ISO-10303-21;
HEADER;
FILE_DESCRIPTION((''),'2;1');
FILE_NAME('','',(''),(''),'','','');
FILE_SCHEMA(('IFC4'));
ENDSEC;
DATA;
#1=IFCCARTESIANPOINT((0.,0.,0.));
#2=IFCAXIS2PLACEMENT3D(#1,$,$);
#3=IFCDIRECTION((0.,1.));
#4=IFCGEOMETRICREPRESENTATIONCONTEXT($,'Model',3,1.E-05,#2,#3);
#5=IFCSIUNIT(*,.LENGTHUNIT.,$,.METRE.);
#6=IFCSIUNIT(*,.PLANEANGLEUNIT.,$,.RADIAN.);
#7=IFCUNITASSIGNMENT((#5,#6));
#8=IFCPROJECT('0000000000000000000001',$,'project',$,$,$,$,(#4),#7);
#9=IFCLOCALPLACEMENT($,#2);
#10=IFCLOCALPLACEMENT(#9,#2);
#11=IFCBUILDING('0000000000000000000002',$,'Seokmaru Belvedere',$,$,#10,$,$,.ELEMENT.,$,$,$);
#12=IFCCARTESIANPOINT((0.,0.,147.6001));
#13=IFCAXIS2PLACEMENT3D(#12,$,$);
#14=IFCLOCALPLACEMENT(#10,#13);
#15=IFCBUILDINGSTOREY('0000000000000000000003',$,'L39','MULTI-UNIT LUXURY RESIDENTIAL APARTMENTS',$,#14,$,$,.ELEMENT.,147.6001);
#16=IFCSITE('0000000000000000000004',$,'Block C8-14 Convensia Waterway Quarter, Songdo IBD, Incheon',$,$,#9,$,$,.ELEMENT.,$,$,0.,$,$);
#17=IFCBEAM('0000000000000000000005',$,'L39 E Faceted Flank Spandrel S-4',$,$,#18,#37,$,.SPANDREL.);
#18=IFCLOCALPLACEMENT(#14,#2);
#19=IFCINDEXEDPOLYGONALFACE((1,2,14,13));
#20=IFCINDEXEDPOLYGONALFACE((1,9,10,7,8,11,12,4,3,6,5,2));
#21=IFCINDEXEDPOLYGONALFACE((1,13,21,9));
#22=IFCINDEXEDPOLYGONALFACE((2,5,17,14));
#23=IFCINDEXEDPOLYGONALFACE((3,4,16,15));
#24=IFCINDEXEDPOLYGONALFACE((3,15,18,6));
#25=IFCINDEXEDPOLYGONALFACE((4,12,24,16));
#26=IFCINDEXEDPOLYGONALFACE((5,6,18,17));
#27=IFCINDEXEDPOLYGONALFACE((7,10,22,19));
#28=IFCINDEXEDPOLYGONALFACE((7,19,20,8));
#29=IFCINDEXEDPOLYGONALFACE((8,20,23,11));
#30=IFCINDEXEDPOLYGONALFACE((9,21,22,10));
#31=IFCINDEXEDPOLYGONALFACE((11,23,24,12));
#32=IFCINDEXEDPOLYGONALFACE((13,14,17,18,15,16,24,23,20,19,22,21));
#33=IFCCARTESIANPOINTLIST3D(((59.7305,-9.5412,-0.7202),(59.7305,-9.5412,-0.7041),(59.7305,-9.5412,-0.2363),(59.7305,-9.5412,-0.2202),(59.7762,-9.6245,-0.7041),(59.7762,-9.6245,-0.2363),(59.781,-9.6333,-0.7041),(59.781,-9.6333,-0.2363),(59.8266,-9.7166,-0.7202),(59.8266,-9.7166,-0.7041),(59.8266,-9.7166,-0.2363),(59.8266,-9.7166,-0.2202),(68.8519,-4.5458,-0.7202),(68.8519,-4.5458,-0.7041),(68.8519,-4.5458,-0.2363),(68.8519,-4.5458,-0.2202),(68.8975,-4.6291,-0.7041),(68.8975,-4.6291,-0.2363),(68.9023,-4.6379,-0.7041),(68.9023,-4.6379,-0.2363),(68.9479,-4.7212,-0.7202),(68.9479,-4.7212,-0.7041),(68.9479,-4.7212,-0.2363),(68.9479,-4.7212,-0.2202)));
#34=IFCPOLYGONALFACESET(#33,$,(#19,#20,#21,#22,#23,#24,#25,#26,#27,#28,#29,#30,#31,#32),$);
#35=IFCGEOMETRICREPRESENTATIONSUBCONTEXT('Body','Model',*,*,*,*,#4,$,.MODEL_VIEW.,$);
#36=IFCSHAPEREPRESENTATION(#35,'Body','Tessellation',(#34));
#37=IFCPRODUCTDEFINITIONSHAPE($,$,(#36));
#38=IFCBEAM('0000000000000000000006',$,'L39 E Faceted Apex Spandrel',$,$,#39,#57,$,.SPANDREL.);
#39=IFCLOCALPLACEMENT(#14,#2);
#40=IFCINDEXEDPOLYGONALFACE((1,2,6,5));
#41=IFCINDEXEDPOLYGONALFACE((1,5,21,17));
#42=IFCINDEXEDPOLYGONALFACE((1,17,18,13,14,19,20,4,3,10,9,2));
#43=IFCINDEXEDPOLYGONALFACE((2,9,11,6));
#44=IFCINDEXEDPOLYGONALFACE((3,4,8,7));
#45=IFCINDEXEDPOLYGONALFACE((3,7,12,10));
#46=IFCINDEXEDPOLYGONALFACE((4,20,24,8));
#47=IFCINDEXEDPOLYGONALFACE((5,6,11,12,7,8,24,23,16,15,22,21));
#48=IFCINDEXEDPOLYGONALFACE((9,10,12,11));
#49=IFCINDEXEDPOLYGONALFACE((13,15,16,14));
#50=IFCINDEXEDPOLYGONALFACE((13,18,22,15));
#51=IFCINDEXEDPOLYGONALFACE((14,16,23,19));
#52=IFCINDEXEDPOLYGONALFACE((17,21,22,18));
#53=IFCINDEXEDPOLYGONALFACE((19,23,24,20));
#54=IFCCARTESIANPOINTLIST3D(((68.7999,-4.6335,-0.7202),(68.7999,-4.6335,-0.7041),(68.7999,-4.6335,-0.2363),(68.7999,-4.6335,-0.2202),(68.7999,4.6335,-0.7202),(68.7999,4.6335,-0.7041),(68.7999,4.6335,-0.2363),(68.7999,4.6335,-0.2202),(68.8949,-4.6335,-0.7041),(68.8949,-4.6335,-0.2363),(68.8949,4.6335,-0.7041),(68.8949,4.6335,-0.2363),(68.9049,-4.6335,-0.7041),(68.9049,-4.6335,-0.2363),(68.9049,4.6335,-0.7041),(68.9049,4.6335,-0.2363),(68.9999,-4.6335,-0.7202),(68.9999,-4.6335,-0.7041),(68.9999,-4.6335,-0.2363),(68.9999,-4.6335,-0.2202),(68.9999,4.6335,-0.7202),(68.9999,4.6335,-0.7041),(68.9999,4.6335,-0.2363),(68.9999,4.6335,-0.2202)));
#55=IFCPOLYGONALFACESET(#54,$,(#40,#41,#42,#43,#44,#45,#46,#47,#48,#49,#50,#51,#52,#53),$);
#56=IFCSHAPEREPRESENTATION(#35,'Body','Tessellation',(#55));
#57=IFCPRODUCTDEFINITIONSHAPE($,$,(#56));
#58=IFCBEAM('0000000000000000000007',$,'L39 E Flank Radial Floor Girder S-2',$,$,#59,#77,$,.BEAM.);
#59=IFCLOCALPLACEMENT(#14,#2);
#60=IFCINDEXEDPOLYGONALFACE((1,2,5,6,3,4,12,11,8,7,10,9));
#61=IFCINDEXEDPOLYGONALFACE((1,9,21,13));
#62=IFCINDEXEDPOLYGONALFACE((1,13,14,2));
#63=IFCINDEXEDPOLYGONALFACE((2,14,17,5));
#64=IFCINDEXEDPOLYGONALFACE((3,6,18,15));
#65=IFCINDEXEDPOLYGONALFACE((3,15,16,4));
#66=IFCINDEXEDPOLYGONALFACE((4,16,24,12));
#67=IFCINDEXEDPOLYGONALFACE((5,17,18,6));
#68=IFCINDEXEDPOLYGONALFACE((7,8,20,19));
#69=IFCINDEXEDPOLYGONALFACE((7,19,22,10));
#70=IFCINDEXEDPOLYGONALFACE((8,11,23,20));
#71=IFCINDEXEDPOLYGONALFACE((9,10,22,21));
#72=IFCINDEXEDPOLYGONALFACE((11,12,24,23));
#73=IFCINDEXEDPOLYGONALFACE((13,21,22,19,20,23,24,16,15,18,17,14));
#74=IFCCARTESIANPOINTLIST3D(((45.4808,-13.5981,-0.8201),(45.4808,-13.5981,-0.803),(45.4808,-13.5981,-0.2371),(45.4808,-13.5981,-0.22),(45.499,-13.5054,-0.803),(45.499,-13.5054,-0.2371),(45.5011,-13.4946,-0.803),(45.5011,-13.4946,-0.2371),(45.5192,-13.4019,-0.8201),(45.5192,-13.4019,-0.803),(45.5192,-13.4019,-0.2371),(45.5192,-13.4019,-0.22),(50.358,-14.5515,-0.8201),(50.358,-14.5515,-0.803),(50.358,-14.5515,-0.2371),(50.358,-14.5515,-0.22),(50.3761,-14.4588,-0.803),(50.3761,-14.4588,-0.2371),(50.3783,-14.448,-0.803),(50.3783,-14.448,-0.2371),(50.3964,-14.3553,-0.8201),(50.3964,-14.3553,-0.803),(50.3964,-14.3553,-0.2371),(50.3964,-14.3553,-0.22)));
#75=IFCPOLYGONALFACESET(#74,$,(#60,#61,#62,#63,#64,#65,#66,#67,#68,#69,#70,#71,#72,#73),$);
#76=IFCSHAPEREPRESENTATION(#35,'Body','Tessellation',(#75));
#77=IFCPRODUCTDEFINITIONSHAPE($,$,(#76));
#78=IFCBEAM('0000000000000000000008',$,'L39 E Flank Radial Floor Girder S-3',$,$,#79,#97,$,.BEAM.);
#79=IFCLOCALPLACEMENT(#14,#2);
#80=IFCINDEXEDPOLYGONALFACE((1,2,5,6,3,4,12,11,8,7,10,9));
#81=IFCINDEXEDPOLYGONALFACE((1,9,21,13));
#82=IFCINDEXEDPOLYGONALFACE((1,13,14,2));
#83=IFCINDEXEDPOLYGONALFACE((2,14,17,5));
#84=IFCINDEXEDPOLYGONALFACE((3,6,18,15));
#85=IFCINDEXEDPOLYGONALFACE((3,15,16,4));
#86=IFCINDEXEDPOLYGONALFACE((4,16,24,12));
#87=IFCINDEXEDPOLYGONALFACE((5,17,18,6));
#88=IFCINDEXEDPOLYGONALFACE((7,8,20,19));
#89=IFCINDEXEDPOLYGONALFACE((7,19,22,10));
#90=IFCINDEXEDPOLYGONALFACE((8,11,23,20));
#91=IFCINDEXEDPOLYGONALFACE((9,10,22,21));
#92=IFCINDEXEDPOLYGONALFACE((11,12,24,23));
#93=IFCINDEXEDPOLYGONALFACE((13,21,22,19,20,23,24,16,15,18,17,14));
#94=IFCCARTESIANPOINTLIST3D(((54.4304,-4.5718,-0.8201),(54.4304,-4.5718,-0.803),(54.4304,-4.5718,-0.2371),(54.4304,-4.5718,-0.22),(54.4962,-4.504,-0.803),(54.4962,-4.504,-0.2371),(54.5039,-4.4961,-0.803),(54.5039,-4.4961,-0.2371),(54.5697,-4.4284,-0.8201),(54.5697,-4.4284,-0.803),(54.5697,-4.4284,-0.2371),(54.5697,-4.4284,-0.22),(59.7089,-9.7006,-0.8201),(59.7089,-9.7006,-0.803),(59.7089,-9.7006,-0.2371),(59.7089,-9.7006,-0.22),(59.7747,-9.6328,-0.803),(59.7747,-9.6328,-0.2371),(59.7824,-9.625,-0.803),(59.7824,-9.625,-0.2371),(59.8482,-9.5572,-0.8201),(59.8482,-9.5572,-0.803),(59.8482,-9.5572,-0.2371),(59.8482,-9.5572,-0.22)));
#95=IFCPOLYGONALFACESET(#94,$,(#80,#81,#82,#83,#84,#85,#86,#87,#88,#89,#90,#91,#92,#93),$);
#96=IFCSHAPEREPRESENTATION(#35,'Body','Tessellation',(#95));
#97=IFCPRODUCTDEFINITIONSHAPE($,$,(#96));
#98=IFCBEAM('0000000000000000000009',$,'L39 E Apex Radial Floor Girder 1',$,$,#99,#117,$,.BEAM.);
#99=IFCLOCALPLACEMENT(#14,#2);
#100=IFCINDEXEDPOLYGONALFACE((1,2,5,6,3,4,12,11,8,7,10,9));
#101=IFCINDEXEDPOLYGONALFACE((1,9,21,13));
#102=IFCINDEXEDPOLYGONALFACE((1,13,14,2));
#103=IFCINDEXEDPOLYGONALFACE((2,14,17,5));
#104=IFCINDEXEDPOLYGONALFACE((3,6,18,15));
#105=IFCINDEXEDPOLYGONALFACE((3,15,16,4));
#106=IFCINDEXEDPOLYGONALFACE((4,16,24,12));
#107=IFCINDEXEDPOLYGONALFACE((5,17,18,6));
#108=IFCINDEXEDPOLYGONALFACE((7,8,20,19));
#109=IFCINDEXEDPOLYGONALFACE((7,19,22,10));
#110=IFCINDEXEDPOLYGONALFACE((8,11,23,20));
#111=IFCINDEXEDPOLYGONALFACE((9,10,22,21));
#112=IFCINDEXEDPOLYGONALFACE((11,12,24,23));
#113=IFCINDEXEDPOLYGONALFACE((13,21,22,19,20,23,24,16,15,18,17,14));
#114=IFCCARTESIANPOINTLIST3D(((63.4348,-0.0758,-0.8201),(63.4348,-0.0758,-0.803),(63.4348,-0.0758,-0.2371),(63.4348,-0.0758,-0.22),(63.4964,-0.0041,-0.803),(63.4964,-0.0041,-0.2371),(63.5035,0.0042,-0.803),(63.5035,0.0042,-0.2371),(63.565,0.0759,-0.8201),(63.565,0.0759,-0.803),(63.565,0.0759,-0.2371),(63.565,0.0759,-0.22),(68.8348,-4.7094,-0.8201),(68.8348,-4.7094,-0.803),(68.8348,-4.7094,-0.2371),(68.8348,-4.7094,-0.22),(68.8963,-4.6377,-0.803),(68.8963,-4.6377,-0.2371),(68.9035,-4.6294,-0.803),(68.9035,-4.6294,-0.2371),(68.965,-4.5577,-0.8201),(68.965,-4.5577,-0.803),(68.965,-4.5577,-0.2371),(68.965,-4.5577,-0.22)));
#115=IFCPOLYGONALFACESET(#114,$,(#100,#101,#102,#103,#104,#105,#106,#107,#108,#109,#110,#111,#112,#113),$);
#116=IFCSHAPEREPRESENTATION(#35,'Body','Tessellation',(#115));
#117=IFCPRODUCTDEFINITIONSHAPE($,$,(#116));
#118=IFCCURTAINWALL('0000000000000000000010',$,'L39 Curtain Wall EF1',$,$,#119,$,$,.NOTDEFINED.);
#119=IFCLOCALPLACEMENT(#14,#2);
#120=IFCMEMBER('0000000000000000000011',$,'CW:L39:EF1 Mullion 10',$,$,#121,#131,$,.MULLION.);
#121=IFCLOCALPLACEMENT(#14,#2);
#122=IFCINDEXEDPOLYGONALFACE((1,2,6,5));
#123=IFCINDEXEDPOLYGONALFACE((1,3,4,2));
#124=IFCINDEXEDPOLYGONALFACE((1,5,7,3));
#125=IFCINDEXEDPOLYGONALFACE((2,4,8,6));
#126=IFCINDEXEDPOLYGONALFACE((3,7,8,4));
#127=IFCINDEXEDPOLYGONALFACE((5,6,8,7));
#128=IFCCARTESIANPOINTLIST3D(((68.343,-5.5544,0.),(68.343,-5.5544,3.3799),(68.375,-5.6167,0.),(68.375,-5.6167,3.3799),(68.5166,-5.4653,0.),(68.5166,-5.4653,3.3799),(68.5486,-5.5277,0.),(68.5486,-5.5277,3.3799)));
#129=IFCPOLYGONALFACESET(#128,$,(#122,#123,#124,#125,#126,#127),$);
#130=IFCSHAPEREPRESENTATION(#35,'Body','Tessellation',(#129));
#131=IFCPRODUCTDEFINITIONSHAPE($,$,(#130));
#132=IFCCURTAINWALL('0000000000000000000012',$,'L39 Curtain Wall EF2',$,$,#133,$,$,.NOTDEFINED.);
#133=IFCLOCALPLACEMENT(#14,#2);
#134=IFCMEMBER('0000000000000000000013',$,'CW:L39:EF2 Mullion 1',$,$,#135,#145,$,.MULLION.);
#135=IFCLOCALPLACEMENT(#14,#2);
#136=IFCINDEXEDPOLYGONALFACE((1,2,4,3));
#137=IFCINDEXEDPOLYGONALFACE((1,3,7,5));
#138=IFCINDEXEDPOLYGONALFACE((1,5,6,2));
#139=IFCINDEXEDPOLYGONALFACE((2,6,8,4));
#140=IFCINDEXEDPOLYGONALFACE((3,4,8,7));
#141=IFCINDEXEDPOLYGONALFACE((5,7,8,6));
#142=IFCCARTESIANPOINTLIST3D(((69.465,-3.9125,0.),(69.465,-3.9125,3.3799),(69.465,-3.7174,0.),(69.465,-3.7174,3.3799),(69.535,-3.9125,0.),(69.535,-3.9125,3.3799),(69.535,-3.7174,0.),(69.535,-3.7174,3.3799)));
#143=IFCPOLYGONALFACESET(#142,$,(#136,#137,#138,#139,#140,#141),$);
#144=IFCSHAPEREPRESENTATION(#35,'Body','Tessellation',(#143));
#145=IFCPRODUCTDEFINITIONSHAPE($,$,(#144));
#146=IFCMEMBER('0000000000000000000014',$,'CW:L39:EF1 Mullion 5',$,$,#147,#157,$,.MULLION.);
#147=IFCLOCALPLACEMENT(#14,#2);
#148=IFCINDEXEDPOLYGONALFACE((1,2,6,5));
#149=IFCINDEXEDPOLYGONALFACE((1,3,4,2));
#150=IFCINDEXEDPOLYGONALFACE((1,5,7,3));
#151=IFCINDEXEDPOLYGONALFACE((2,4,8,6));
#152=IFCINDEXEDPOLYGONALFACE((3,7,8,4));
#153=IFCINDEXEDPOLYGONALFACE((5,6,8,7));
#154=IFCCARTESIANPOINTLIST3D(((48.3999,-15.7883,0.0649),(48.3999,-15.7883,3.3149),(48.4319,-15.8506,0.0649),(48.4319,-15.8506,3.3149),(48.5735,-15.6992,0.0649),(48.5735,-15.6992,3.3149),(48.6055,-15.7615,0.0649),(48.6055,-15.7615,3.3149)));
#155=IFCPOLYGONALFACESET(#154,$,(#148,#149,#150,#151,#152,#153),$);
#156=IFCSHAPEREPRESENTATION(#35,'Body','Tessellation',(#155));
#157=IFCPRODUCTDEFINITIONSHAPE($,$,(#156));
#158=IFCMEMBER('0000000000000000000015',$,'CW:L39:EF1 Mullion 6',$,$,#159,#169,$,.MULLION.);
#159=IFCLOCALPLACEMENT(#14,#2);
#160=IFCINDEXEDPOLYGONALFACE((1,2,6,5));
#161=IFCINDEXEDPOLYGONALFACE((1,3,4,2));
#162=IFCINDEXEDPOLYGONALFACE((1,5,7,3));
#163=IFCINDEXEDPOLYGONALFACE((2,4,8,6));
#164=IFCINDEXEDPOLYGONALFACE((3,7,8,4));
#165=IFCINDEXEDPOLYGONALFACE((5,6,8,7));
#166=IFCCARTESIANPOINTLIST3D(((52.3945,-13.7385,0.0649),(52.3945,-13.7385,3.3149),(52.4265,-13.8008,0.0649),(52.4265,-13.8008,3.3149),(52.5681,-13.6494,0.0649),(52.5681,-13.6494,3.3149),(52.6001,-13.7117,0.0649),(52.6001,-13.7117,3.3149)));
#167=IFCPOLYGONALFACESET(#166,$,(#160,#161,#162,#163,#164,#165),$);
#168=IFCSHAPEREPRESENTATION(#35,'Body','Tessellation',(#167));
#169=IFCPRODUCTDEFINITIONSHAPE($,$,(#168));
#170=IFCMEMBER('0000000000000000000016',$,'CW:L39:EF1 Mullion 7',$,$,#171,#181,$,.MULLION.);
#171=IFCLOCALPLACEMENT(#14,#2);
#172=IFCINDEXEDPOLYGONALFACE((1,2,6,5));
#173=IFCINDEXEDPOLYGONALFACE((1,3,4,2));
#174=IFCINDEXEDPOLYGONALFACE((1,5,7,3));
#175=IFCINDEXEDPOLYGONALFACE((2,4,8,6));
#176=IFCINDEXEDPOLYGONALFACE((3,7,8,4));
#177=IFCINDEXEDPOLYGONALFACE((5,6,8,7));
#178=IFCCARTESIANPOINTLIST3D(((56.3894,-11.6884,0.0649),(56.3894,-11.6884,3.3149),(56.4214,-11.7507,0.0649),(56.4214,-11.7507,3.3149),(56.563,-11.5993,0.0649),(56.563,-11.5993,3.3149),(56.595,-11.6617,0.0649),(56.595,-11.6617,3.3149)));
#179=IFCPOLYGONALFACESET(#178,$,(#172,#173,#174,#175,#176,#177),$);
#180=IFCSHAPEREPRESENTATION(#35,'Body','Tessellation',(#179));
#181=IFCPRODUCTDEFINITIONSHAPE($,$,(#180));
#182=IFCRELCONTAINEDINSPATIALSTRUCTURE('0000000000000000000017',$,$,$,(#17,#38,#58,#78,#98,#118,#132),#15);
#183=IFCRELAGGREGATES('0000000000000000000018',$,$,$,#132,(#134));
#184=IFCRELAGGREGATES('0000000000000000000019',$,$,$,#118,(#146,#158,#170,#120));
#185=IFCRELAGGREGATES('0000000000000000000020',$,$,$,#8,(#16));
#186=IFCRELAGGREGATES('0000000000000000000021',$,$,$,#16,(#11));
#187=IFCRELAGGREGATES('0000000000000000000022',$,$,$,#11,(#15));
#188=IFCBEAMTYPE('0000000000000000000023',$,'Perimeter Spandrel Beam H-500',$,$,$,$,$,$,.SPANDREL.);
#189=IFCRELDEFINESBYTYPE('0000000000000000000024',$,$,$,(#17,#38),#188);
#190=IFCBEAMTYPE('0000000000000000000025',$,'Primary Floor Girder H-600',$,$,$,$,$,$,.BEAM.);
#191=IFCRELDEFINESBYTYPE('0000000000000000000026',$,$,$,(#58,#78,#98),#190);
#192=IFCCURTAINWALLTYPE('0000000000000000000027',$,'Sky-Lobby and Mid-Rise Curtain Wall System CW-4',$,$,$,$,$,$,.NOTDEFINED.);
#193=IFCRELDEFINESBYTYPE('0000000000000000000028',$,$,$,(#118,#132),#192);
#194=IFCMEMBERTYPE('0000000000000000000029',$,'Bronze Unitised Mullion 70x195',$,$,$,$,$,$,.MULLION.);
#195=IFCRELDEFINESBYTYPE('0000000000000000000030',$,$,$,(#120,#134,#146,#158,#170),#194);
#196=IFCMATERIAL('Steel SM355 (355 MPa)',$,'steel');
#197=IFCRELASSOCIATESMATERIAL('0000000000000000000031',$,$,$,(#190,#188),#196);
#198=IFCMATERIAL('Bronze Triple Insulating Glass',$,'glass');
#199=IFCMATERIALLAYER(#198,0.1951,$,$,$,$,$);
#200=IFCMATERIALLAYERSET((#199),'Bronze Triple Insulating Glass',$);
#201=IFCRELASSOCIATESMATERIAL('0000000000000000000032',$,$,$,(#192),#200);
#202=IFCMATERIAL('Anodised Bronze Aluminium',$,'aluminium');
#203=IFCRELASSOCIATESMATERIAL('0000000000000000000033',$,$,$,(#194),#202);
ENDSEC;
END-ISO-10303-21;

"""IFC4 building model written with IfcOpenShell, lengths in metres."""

from ifc_helpers import new_model, si_unit, direction, frame, origin, origin_2d, place, context, subcontext, project, spatial, rectangle, i_section, extrude, source, transform, mapped, material, layer, layer_set, material_profile, profile_set, type_object, type_shapes, element, aggregate, save


model = new_model("IFC4")

# Units and contexts
model_context = context("Model", 3, precision=1e-05, world=origin(), true_north=direction((0.0, 1.0)))
body_context = subcontext(model_context, "Body", "Model", "MODEL_VIEW")
ifc_project = project(units=[si_unit("LENGTHUNIT", "METRE"), si_unit("PLANEANGLEUNIT", "RADIAN")], contexts=[model_context])

# Site, building, storey
site_placement = place(None, origin())
site = spatial("IfcSite", under=ifc_project, at=site_placement, Name="Block C8-14 Convensia Waterway Quarter, Songdo IBD, Incheon", CompositionType="ELEMENT", RefElevation=0.0)
building_placement = place(site_placement, origin())
building = spatial("IfcBuilding", under=site, at=building_placement, Name="Seokmaru Belvedere", CompositionType="ELEMENT")
storey_placement = place(building_placement, frame((0.0, 0.0, 147.6001)))
storey = spatial("IfcBuildingStorey", under=building, at=storey_placement, Name="L39", Description="MULTI-UNIT LUXURY RESIDENTIAL APARTMENTS", CompositionType="ELEMENT", Elevation=147.6001)

# Shared definitions
ifc_material_1 = material(Name="Steel SM355 (355 MPa)", Category="steel")

# Beams
ifc_material_profile_1 = material_profile(ifc_material_1, i_section(OverallWidth=0.2, OverallDepth=0.6001, WebThickness=0.011, FlangeThickness=0.0171, at=origin_2d()), Name="H-600x200x11x17")
ifc_profile_set_1 = profile_set([ifc_material_profile_1], Name="Steel SM355 (355 MPa)")
beam_type_1 = type_object("IfcBeamType", Name="Primary Floor Girder H-600", PredefinedType="BEAM", material=ifc_profile_set_1)
ifc_material_profile_2 = material_profile(ifc_material_1, i_section(OverallWidth=0.2, OverallDepth=0.5, WebThickness=0.01, FlangeThickness=0.0161, at=origin_2d()), Name="H-500x200x10x16")
ifc_profile_set_2 = profile_set([ifc_material_profile_2], Name="Steel SM355 (355 MPa)")
beam_type_2 = type_object("IfcBeamType", Name="Perimeter Spandrel Beam H-500", PredefinedType="SPANDREL", material=ifc_profile_set_2)
shared_shape_1 = source(origin(), body_context, "Body", "SweptSolid", [
    extrude(i_section(OverallWidth=0.2, OverallDepth=0.5, WebThickness=0.01, FlangeThickness=0.0161, at=origin_2d()), origin(), (0.0, 0.0, 1.0), 10.3997),
])
beam_1_placement = place(storey_placement, frame((59.7786, -9.6289, -0.4702), z_axis=(0.877082, 0.48034, 0.0), x_axis=(-0.48034, 0.877082, 0.0)))
element("IfcBeam", 1, at=beam_1_placement, inside=storey, type_object=beam_type_2, Name="L39 E Faceted Flank Spandrel S-4", PredefinedType="SPANDREL", context=body_context, shape_type="MappedRepresentation", body=[
    mapped(shared_shape_1, transform((0.0, 0.0, 0.0), scale=1.0)),
])
shared_shape_2 = source(origin(), body_context, "Body", "SweptSolid", [
    extrude(i_section(OverallWidth=0.2, OverallDepth=0.5, WebThickness=0.01, FlangeThickness=0.0161, at=origin_2d()), origin(), (0.0, 0.0, 1.0), 9.2671),
])
beam_2_placement = place(storey_placement, frame((68.8999, -4.6335, -0.4702), z_axis=(0.0, 1.0, 0.0), x_axis=(-1.0, 0.0, 0.0)))
element("IfcBeam", 2, at=beam_2_placement, inside=storey, type_object=beam_type_2, Name="L39 E Faceted Apex Spandrel", PredefinedType="SPANDREL", context=body_context, shape_type="MappedRepresentation", body=[
    mapped(shared_shape_2, transform((0.0, 0.0, 0.0), scale=1.0)),
])
shared_shape_3 = source(origin(), body_context, "Body", "SweptSolid", [
    extrude(i_section(OverallWidth=0.2, OverallDepth=0.6001, WebThickness=0.011, FlangeThickness=0.0171, at=origin_2d()), origin(), (0.0, 0.0, 1.0), 4.9695),
])
beam_3_placement = place(storey_placement, frame((50.3772, -14.4534, -0.52), z_axis=(-0.981425, 0.191844, 0.0), x_axis=(-0.191844, -0.981425, 0.0)))
element("IfcBeam", 3, at=beam_3_placement, inside=storey, type_object=beam_type_1, Name="L39 E Flank Radial Floor Girder S-2", PredefinedType="BEAM", context=body_context, shape_type="MappedRepresentation", body=[
    mapped(shared_shape_3, transform((0.0, 0.0, 0.0), scale=1.0)),
])
shared_shape_4 = source(origin(), body_context, "Body", "SweptSolid", [
    extrude(i_section(OverallWidth=0.2, OverallDepth=0.6001, WebThickness=0.011, FlangeThickness=0.0171, at=origin_2d()), origin(), (0.0, 0.0, 1.0), 7.3599),
])
beam_4_placement = place(storey_placement, frame((59.7786, -9.6289, -0.52), z_axis=(-0.717201, 0.696867, 0.0), x_axis=(-0.696867, -0.717201, 0.0)))
element("IfcBeam", 4, at=beam_4_placement, inside=storey, type_object=beam_type_1, Name="L39 E Flank Radial Floor Girder S-3", PredefinedType="BEAM", context=body_context, shape_type="MappedRepresentation", body=[
    mapped(shared_shape_4, transform((0.0, 0.0, 0.0), scale=1.0)),
])
shared_shape_5 = source(origin(), body_context, "Body", "SweptSolid", [
    extrude(i_section(OverallWidth=0.2, OverallDepth=0.6001, WebThickness=0.011, FlangeThickness=0.0171, at=origin_2d()), origin(), (0.0, 0.0, 1.0), 7.1155),
])
beam_5_placement = place(storey_placement, frame((68.8999, -4.6335, -0.52), z_axis=(-0.758905, 0.651201, 0.0), x_axis=(-0.651201, -0.758905, 0.0)))
element("IfcBeam", 5, at=beam_5_placement, inside=storey, type_object=beam_type_1, Name="L39 E Apex Radial Floor Girder 1", PredefinedType="BEAM", context=body_context, shape_type="MappedRepresentation", body=[
    mapped(shared_shape_5, transform((0.0, 0.0, 0.0), scale=1.0)),
])

# Curtain walls, members
ifc_material_2 = material(Name="Bronze Triple Insulating Glass", Category="glass")
ifc_layer_1 = layer(ifc_material_2, 0.1951)
ifc_layer_set_1 = layer_set([ifc_layer_1], Name="Bronze Triple Insulating Glass")
curtain_wall_type = type_object("IfcCurtainWallType", Name="Sky-Lobby and Mid-Rise Curtain Wall System CW-4", PredefinedType="NOTDEFINED", material=ifc_layer_set_1)
curtain_wall_1_placement = place(storey_placement, origin())
curtain_wall_1 = element("IfcCurtainWall", 6, at=curtain_wall_1_placement, inside=storey, type_object=curtain_wall_type, Name="L39 Curtain Wall EF1", PredefinedType="NOTDEFINED")
ifc_material_3 = material(Name="Anodised Bronze Aluminium", Category="aluminium")
ifc_material_profile_3 = material_profile(ifc_material_3, rectangle(XDim=0.0701, YDim=0.1951, at=origin_2d()), Name="CW-M-70x195")
ifc_profile_set_3 = profile_set([ifc_material_profile_3], Name="Anodised Bronze Aluminium")
member_type_1 = type_object("IfcMemberType", Name="Bronze Unitised Mullion 70x195", PredefinedType="MULLION", material=ifc_profile_set_3)
shared_shape_6 = source(origin(), body_context, "Body", "SweptSolid", [
    extrude(rectangle(XDim=0.0701, YDim=0.1951, at=origin_2d()), origin(), (0.0, 0.0, 1.0), 3.3799),
])
member_1_placement = place(storey_placement, frame((68.4458, -5.541, 0.0), z_axis=(0.0, 0.0, 1.0), x_axis=(-0.456555, 0.889695, 0.0)))
member_1 = element("IfcMember", 7, at=member_1_placement, type_object=member_type_1, Name="CW:L39:EF1 Mullion 10", PredefinedType="MULLION", context=body_context, shape_type="MappedRepresentation", body=[
    mapped(shared_shape_6, transform((0.0, 0.0, 0.0), scale=1.0)),
])
curtain_wall_2_placement = place(storey_placement, origin())
curtain_wall_2 = element("IfcCurtainWall", 8, at=curtain_wall_2_placement, inside=storey, type_object=curtain_wall_type, Name="L39 Curtain Wall EF2", PredefinedType="NOTDEFINED")
member_2_placement = place(storey_placement, frame((69.5, -3.8149, 0.0), z_axis=(0.0, 0.0, 1.0), x_axis=(-1.0, 0.0, 0.0)))
member_2 = element("IfcMember", 9, at=member_2_placement, type_object=member_type_1, Name="CW:L39:EF2 Mullion 1", PredefinedType="MULLION", context=body_context, shape_type="MappedRepresentation", body=[
    mapped(shared_shape_6, transform((0.0, 0.0, 0.0), scale=1.0)),
])

# Members
shared_shape_7 = source(origin(), body_context, "Body", "SweptSolid", [
    extrude(rectangle(XDim=0.0701, YDim=0.1951, at=origin_2d()), origin(), (0.0, 0.0, 1.0), 3.25),
])
type_shapes(member_type_1, [shared_shape_6, shared_shape_7])
member_3_placement = place(storey_placement, frame((48.5027, -15.7749, 0.0649), z_axis=(0.0, 0.0, 1.0), x_axis=(-0.456555, 0.889695, 0.0)))
member_3 = element("IfcMember", 10, at=member_3_placement, type_object=member_type_1, Name="CW:L39:EF1 Mullion 5", PredefinedType="MULLION", context=body_context, shape_type="MappedRepresentation", body=[
    mapped(shared_shape_7, transform((0.0, 0.0, 0.0), scale=1.0)),
])
member_4_placement = place(storey_placement, frame((52.4973, -13.7251, 0.0649), z_axis=(0.0, 0.0, 1.0), x_axis=(-0.456555, 0.889695, 0.0)))
member_4 = element("IfcMember", 11, at=member_4_placement, type_object=member_type_1, Name="CW:L39:EF1 Mullion 6", PredefinedType="MULLION", context=body_context, shape_type="MappedRepresentation", body=[
    mapped(shared_shape_7, transform((0.0, 0.0, 0.0), scale=1.0)),
])
member_5_placement = place(storey_placement, frame((56.4922, -11.675, 0.0649), z_axis=(0.0, 0.0, 1.0), x_axis=(-0.456555, 0.889695, 0.0)))
member_5 = element("IfcMember", 12, at=member_5_placement, type_object=member_type_1, Name="CW:L39:EF1 Mullion 7", PredefinedType="MULLION", context=body_context, shape_type="MappedRepresentation", body=[
    mapped(shared_shape_7, transform((0.0, 0.0, 0.0), scale=1.0)),
])
aggregate(curtain_wall_2, [member_2])

aggregate(curtain_wall_1, [member_3, member_4, member_5, member_1])

save(model, "model.ifc")
